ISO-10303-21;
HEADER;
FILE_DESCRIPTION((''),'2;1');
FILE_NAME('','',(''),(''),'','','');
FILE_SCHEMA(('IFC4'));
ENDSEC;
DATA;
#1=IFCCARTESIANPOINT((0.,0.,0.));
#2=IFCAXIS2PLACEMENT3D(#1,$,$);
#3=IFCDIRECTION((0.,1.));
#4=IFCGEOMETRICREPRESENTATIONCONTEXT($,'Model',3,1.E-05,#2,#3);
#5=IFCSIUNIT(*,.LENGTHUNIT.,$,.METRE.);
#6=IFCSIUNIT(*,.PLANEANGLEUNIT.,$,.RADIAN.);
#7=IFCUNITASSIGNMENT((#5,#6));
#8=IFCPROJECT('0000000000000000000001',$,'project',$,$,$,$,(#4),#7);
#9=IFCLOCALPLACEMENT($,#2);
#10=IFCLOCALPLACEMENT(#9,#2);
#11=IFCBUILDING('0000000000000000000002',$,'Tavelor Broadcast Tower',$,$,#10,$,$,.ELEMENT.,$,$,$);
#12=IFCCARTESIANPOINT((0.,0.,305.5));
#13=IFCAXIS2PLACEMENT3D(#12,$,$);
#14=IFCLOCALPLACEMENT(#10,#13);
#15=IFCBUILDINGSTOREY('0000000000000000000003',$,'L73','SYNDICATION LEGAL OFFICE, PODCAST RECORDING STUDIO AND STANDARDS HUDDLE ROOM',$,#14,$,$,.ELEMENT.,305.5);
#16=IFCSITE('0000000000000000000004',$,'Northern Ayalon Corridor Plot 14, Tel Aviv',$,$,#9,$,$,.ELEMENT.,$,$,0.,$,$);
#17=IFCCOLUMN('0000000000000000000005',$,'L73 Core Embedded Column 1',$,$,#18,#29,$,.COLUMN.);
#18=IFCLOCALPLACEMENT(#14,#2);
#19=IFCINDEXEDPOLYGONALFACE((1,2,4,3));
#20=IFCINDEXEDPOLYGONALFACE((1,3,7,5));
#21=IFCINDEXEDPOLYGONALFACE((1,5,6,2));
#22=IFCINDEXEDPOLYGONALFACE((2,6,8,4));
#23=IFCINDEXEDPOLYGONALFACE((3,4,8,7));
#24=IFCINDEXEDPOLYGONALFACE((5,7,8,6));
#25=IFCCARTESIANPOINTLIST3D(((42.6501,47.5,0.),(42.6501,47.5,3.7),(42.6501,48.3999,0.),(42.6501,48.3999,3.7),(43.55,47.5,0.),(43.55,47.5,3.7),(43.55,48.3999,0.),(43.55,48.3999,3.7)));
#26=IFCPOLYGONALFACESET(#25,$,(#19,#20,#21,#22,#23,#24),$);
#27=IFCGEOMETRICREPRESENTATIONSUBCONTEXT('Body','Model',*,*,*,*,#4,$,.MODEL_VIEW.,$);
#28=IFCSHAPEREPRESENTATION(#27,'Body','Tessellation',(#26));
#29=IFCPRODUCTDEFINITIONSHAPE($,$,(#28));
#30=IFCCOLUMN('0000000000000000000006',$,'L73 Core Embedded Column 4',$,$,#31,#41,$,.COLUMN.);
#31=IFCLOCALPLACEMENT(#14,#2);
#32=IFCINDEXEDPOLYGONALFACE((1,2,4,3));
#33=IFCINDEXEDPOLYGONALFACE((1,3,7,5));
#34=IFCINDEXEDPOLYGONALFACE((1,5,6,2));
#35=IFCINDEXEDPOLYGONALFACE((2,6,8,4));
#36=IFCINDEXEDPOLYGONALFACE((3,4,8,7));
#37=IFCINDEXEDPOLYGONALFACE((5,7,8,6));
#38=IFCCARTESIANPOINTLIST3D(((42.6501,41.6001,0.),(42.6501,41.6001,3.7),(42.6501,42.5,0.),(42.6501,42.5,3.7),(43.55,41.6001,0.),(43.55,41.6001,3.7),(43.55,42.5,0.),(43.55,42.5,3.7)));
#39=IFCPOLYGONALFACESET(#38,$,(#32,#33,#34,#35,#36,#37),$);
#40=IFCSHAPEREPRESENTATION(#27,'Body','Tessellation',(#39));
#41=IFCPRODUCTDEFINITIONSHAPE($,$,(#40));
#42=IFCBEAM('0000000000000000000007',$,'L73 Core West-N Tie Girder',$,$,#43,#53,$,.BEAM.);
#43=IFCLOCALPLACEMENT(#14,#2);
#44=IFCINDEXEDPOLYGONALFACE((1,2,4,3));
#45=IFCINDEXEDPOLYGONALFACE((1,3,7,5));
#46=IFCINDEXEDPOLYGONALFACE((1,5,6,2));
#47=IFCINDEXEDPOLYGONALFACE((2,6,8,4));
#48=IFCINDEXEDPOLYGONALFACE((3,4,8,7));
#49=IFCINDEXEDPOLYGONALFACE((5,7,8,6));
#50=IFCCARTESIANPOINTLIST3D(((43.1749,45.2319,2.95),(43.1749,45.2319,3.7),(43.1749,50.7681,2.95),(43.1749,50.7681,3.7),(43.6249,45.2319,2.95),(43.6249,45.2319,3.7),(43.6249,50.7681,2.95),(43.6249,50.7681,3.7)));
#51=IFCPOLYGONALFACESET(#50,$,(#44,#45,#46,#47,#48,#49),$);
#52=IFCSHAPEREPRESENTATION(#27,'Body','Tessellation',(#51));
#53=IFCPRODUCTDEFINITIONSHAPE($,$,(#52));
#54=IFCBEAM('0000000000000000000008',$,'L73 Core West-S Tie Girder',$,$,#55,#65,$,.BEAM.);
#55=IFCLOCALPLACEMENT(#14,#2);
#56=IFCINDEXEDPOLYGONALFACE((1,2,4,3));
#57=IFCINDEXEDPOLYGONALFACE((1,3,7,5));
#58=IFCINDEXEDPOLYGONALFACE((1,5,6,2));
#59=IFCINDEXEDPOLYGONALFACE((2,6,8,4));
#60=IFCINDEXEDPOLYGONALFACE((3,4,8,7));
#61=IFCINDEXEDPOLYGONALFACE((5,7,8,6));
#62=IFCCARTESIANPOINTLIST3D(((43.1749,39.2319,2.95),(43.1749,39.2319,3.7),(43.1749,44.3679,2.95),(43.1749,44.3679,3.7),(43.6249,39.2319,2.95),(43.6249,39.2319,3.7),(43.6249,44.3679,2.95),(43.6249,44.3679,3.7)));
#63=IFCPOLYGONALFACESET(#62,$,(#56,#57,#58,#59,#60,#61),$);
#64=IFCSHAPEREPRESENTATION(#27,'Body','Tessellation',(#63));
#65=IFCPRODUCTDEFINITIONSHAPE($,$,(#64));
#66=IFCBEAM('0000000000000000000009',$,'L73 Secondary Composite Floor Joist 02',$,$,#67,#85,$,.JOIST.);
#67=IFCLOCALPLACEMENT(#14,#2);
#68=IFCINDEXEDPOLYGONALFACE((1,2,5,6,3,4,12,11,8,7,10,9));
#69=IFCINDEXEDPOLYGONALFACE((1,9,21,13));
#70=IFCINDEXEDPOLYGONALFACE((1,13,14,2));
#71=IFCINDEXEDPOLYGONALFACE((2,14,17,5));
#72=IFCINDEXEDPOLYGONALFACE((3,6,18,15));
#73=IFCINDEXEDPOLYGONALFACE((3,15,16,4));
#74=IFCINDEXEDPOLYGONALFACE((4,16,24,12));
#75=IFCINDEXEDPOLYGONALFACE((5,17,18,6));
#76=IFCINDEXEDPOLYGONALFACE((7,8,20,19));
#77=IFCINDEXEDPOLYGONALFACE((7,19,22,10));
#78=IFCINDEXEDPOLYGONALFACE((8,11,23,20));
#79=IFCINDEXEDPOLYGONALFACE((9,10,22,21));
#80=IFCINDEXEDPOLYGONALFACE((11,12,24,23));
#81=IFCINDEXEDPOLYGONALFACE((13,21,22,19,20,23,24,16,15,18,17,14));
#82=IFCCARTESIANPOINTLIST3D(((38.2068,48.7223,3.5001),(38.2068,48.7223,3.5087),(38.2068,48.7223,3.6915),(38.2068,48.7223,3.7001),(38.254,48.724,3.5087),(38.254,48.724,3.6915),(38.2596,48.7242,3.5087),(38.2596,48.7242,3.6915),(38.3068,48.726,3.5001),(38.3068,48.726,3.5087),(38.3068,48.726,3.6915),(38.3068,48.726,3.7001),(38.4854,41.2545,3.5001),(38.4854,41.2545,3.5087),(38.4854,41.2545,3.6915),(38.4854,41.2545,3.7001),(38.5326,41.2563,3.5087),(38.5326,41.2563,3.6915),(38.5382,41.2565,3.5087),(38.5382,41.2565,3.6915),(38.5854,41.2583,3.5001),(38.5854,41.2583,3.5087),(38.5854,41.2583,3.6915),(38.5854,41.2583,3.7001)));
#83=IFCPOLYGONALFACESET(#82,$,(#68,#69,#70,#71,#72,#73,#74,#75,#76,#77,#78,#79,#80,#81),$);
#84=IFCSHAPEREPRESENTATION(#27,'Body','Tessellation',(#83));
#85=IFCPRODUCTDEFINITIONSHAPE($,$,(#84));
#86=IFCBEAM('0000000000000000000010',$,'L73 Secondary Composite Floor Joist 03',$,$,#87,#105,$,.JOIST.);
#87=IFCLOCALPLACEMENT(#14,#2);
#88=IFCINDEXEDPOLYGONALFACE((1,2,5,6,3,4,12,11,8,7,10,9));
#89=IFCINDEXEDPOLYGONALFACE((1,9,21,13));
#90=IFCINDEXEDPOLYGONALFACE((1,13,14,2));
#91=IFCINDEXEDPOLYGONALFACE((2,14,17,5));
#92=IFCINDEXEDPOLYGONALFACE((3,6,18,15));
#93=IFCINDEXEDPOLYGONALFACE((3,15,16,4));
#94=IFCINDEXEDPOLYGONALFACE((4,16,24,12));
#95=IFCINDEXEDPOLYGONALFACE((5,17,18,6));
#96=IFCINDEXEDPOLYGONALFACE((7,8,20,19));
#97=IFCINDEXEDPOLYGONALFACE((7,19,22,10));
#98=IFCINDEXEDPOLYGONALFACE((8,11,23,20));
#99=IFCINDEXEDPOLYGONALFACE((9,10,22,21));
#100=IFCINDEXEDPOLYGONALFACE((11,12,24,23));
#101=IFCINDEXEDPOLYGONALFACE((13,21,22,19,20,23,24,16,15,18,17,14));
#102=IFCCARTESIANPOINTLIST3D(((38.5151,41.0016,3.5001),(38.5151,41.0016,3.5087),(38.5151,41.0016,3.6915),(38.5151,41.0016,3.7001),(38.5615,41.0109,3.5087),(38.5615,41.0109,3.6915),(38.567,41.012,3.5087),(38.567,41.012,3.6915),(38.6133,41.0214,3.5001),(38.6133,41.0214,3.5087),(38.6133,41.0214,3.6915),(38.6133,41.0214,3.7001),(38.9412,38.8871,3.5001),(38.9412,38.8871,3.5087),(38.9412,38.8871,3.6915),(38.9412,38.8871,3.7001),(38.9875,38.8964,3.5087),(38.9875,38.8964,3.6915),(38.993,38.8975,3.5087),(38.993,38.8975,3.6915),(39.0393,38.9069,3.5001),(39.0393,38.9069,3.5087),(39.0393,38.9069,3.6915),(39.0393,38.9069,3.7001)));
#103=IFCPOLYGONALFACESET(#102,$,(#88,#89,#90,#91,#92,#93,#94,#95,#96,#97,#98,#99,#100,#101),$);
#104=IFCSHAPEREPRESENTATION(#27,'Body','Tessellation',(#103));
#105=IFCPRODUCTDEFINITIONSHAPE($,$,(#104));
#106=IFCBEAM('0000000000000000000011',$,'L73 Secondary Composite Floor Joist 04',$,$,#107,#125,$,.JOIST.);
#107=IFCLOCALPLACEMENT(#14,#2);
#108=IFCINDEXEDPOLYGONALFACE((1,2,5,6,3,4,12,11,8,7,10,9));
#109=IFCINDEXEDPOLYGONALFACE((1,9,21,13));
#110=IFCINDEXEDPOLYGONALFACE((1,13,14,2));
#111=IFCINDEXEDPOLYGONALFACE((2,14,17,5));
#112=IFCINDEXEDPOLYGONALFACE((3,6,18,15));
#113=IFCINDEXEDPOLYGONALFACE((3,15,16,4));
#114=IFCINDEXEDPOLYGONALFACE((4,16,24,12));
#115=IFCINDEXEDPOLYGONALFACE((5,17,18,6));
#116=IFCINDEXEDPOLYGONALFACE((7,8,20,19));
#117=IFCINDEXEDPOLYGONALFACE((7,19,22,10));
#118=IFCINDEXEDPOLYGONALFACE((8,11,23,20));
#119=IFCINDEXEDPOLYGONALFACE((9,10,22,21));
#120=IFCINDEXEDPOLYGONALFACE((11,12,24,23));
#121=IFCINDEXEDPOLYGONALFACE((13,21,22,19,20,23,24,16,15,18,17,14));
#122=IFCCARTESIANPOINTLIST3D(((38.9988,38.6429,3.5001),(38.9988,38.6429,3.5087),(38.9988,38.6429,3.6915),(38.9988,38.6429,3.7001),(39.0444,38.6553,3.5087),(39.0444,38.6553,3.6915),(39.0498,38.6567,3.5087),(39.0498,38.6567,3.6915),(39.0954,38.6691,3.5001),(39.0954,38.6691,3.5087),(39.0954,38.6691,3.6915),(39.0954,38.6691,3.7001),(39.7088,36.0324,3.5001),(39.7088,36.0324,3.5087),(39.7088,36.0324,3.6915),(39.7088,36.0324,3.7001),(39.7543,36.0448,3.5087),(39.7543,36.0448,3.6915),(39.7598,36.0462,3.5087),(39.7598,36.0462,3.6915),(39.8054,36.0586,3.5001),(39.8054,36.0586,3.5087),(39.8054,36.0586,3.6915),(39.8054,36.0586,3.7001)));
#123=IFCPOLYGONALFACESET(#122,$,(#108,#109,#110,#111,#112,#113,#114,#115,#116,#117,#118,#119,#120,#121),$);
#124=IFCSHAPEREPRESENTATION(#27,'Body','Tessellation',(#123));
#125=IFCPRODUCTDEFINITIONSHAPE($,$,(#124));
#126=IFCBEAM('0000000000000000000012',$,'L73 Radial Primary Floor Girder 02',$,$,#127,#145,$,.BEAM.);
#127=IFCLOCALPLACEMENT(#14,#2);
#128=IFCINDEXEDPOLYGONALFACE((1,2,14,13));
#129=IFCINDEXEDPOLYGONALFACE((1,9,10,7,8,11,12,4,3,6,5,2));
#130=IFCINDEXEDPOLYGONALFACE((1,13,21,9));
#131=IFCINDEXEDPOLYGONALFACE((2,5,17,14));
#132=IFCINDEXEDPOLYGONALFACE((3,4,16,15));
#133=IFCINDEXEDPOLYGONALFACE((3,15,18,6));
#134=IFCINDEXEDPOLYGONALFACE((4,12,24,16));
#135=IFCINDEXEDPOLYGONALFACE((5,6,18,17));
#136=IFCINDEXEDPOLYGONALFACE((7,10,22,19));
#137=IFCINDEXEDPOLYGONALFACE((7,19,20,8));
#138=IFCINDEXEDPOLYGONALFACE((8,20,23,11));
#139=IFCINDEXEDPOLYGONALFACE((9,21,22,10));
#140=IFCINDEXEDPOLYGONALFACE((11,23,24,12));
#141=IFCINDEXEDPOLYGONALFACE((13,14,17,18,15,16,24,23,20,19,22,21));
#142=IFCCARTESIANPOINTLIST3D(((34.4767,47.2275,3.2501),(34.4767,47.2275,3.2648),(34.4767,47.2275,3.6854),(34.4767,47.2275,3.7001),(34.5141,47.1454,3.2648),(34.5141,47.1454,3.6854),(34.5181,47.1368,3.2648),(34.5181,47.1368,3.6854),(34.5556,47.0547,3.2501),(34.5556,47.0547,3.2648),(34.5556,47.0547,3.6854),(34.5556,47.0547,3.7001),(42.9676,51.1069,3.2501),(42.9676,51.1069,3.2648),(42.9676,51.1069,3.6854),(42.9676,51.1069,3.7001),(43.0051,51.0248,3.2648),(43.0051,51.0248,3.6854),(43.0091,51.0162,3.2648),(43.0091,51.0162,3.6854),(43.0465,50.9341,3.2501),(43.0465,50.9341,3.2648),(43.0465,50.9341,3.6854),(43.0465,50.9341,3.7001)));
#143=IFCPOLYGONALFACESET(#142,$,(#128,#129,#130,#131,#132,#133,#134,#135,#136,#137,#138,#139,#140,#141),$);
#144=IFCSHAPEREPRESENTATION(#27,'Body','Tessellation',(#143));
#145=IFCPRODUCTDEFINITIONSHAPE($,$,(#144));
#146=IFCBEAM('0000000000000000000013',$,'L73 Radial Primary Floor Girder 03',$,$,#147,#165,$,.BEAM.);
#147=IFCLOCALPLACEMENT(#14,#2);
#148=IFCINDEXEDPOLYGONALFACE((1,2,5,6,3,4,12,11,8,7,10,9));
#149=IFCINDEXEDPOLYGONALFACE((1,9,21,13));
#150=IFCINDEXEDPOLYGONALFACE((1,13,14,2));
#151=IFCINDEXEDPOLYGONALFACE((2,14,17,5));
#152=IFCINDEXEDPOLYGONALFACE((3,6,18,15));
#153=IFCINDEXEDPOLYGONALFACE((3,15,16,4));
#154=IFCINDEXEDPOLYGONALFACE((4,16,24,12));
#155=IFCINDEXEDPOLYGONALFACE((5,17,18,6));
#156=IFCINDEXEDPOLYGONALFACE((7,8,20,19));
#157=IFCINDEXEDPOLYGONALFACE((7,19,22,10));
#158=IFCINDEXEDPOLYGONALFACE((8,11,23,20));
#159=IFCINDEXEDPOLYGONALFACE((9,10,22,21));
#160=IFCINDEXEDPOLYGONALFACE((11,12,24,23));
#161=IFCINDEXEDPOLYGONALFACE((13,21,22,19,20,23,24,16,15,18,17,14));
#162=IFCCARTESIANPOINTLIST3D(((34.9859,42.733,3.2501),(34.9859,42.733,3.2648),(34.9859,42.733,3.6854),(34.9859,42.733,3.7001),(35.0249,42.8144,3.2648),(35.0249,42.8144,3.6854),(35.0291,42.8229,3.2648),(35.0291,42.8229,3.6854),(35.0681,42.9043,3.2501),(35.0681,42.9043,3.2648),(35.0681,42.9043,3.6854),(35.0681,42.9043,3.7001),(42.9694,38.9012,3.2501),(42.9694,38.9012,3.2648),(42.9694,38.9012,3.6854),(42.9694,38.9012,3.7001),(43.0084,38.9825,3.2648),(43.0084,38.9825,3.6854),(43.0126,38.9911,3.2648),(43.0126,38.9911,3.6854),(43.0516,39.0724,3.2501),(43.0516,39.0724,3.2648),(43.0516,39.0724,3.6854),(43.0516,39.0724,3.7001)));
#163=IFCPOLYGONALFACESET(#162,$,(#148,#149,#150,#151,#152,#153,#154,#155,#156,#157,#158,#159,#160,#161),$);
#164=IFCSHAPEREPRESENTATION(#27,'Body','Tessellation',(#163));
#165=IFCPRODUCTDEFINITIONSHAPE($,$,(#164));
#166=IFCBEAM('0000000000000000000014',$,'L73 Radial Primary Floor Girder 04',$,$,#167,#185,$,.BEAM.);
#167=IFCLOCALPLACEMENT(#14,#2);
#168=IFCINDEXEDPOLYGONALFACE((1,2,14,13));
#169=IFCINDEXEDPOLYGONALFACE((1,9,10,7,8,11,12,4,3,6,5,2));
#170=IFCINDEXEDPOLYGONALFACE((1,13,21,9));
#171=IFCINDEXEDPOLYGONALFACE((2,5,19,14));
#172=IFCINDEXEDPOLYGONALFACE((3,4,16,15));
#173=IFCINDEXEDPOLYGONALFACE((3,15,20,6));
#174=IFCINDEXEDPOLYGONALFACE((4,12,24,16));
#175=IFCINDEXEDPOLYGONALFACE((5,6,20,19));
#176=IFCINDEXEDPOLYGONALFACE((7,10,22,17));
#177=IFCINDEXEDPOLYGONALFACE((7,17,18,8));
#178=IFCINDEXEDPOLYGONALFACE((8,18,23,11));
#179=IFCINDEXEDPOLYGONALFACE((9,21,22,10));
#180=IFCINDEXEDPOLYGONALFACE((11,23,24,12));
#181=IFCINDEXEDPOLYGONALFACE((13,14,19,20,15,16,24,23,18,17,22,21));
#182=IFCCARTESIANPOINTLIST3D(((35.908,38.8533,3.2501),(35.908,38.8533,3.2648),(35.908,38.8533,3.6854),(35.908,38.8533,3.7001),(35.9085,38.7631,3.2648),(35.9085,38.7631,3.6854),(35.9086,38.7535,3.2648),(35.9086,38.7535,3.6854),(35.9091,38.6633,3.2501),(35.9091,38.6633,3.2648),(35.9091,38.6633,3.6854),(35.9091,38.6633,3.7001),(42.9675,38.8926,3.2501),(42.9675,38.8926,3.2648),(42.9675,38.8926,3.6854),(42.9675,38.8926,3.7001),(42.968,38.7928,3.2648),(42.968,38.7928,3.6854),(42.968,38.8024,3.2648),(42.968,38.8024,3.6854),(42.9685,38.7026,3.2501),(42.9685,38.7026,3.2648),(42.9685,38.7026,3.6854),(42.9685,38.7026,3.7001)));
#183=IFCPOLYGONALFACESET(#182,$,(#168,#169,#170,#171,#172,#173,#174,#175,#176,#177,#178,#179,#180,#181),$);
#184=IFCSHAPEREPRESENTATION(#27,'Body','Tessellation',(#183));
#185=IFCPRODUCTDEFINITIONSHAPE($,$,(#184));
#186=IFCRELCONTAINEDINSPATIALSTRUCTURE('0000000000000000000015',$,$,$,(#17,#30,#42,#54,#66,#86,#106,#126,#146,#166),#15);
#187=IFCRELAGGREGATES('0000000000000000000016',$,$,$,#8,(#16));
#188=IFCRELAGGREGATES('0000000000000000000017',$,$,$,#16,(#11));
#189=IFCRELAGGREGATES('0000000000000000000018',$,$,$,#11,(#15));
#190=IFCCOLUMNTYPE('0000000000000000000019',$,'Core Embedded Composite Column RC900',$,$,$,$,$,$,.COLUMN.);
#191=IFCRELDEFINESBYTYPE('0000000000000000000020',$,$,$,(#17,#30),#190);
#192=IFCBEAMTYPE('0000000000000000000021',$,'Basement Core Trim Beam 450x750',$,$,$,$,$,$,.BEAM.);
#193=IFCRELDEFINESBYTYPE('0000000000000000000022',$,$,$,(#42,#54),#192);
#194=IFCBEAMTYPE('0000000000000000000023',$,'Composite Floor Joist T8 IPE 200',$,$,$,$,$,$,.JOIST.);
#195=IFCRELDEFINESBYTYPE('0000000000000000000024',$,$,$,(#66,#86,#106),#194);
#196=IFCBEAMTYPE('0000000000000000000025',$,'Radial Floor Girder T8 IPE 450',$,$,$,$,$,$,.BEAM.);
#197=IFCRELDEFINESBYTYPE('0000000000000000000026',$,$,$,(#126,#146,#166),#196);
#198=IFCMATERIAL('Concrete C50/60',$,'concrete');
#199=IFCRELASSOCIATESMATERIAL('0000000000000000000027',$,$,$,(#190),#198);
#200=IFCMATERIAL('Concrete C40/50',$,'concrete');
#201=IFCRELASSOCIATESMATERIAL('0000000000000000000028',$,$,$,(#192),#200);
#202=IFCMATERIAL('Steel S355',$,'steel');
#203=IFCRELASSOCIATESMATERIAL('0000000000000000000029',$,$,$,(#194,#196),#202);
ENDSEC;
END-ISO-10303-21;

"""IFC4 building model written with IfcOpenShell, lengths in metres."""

from ifc_helpers import new_model, si_unit, direction, frame, origin, origin_2d, place, context, subcontext, project, spatial, rectangle, i_section, extrude, material, material_profile, profile_set, type_object, element, save


model = new_model("IFC4")

# Units and contexts
model_context = context("Model", 3, precision=1e-05, world=origin(), true_north=direction((0.0, 1.0)))
body_context = subcontext(model_context, "Body", "Model", "MODEL_VIEW")
ifc_project = project(units=[si_unit("LENGTHUNIT", "METRE"), si_unit("PLANEANGLEUNIT", "RADIAN")], contexts=[model_context])

# Site, building, storey
site_placement = place(None, origin())
site = spatial("IfcSite", under=ifc_project, at=site_placement, Name="Northern Ayalon Corridor Plot 14, Tel Aviv", CompositionType="ELEMENT", RefElevation=0.0)
building_placement = place(site_placement, origin())
building = spatial("IfcBuilding", under=site, at=building_placement, Name="Tavelor Broadcast Tower", CompositionType="ELEMENT")
storey_placement = place(building_placement, frame((0.0, 0.0, 305.5)))
storey = spatial("IfcBuildingStorey", under=building, at=storey_placement, Name="L73", Description="SYNDICATION LEGAL OFFICE, PODCAST RECORDING STUDIO AND STANDARDS HUDDLE ROOM", CompositionType="ELEMENT", Elevation=305.5)

# Columns
ifc_material_1 = material(Name="Concrete C50/60", Category="concrete")
ifc_material_profile_1 = material_profile(ifc_material_1, rectangle(XDim=0.8999, YDim=0.8999, at=origin_2d()), Name="RC 900x900")
ifc_profile_set_1 = profile_set([ifc_material_profile_1], Name="Concrete C50/60")
column_type = type_object("IfcColumnType", Name="Core Embedded Composite Column RC900", PredefinedType="COLUMN", material=ifc_profile_set_1)
for number, where, z_axis, x_axis, name in (
    (1, (43.1001, 47.95, 0.0), (0.0, 0.0, 1.0), (1.0, 0.0, 0.0), "L73 Core Embedded Column 1"),
    (2, (43.1001, 42.05, 0.0), (0.0, 0.0, 1.0), (1.0, 0.0, 0.0), "L73 Core Embedded Column 4"),
):
    element("IfcColumn", number, at=place(storey_placement, frame(where, z_axis=z_axis, x_axis=x_axis)), inside=storey, type_object=column_type, Name=name, PredefinedType="COLUMN", context=body_context, shape_type="SweptSolid", body=[
        extrude(rectangle(XDim=0.8999, YDim=0.8999, at=origin_2d()), origin(), (0.0, 0.0, 1.0), 3.7),
    ])

# Beams
ifc_material_2 = material(Name="Concrete C40/50", Category="concrete")
ifc_material_profile_2 = material_profile(ifc_material_2, rectangle(XDim=0.45, YDim=0.75, at=origin_2d()), Name="RC 450x750")
ifc_profile_set_2 = profile_set([ifc_material_profile_2], Name="Concrete C40/50")
beam_type_1 = type_object("IfcBeamType", Name="Basement Core Trim Beam 450x750", PredefinedType="BEAM", material=ifc_profile_set_2)
beam_1_placement = place(storey_placement, frame((43.3999, 45.2319, 3.325), z_axis=(0.0, 1.0, 0.0), x_axis=(-1.0, 0.0, 0.0)))
element("IfcBeam", 3, at=beam_1_placement, inside=storey, type_object=beam_type_1, Name="L73 Core West-N Tie Girder", PredefinedType="BEAM", context=body_context, shape_type="SweptSolid", body=[
    extrude(rectangle(XDim=0.45, YDim=0.75, at=origin_2d()), origin(), (0.0, 0.0, 1.0), 5.5361),
])
beam_2_placement = place(storey_placement, frame((43.3999, 39.2319, 3.325), z_axis=(0.0, 1.0, 0.0), x_axis=(-1.0, 0.0, 0.0)))
element("IfcBeam", 4, at=beam_2_placement, inside=storey, type_object=beam_type_1, Name="L73 Core West-S Tie Girder", PredefinedType="BEAM", context=body_context, shape_type="SweptSolid", body=[
    extrude(rectangle(XDim=0.45, YDim=0.75, at=origin_2d()), origin(), (0.0, 0.0, 1.0), 5.136),
])
ifc_material_3 = material(Name="Steel S355", Category="steel")
ifc_material_profile_3 = material_profile(ifc_material_3, i_section(OverallWidth=0.1001, OverallDepth=0.2, WebThickness=0.0056, FlangeThickness=0.0085, at=origin_2d()), Name="IPE 200")
ifc_profile_set_3 = profile_set([ifc_material_profile_3], Name="Steel S355")
beam_type_2 = type_object("IfcBeamType", Name="Composite Floor Joist T8 IPE 200", PredefinedType="JOIST", material=ifc_profile_set_3)
beam_3_placement = place(storey_placement, frame((38.2568, 48.7241, 3.6001), z_axis=(0.037276, -0.999305, 0.0), x_axis=(0.999305, 0.037276, 0.0)))
element("IfcBeam", 5, at=beam_3_placement, inside=storey, type_object=beam_type_2, Name="L73 Secondary Composite Floor Joist 02", PredefinedType="JOIST", context=body_context, shape_type="SweptSolid", body=[
    extrude(i_section(OverallWidth=0.1001, OverallDepth=0.2, WebThickness=0.0056, FlangeThickness=0.0085, at=origin_2d()), origin(), (0.0, 0.0, 1.0), 7.4729),
])
beam_4_placement = place(storey_placement, frame((38.5642, 41.0115, 3.6001), z_axis=(0.197509, -0.980301, 0.0), x_axis=(0.980301, 0.197509, 0.0)))
element("IfcBeam", 6, at=beam_4_placement, inside=storey, type_object=beam_type_2, Name="L73 Secondary Composite Floor Joist 03", PredefinedType="JOIST", context=body_context, shape_type="SweptSolid", body=[
    extrude(i_section(OverallWidth=0.1001, OverallDepth=0.2, WebThickness=0.0056, FlangeThickness=0.0085, at=origin_2d()), origin(), (0.0, 0.0, 1.0), 2.157),
])
beam_5_placement = place(storey_placement, frame((39.0471, 38.656, 3.6001), z_axis=(0.262422, -0.964953, 0.0), x_axis=(0.964953, 0.262422, 0.0)))
element("IfcBeam", 7, at=beam_5_placement, inside=storey, type_object=beam_type_2, Name="L73 Secondary Composite Floor Joist 04", PredefinedType="JOIST", context=body_context, shape_type="SweptSolid", body=[
    extrude(i_section(OverallWidth=0.1001, OverallDepth=0.2, WebThickness=0.0056, FlangeThickness=0.0085, at=origin_2d()), origin(), (0.0, 0.0, 1.0), 2.7053),
])
ifc_material_profile_4 = material_profile(ifc_material_3, i_section(OverallWidth=0.1899, OverallDepth=0.45, WebThickness=0.0095, FlangeThickness=0.0146, at=origin_2d()), Name="IPE 450")
ifc_profile_set_4 = profile_set([ifc_material_profile_4], Name="Steel S355")
beam_type_3 = type_object("IfcBeamType", Name="Radial Floor Girder T8 IPE 450", PredefinedType="BEAM", material=ifc_profile_set_4)
beam_6_placement = place(storey_placement, frame((43.0071, 51.0205, 3.4751), z_axis=(-0.909563, -0.415566, 0.0), x_axis=(0.415566, -0.909563, 0.0)))
element("IfcBeam", 8, at=beam_6_placement, inside=storey, type_object=beam_type_3, Name="L73 Radial Primary Floor Girder 02", PredefinedType="BEAM", context=body_context, shape_type="SweptSolid", body=[
    extrude(i_section(OverallWidth=0.1899, OverallDepth=0.45, WebThickness=0.0095, FlangeThickness=0.0146, at=origin_2d()), origin(), (0.0, 0.0, 1.0), 9.3352),
])
beam_7_placement = place(storey_placement, frame((43.0105, 38.9868, 3.4751), z_axis=(-0.901534, 0.432709, 0.0), x_axis=(-0.432709, -0.901534, 0.0)))
element("IfcBeam", 9, at=beam_7_placement, inside=storey, type_object=beam_type_3, Name="L73 Radial Primary Floor Girder 03", PredefinedType="BEAM", context=body_context, shape_type="SweptSolid", body=[
    extrude(i_section(OverallWidth=0.1899, OverallDepth=0.45, WebThickness=0.0095, FlangeThickness=0.0146, at=origin_2d()), origin(), (0.0, 0.0, 1.0), 8.8555),
])
beam_8_placement = place(storey_placement, frame((42.968, 38.7976, 3.4751), z_axis=(-0.999984, -0.005568, 0.0), x_axis=(0.005568, -0.999984, 0.0)))
element("IfcBeam", 10, at=beam_8_placement, inside=storey, type_object=beam_type_3, Name="L73 Radial Primary Floor Girder 04", PredefinedType="BEAM", context=body_context, shape_type="SweptSolid", body=[
    extrude(i_section(OverallWidth=0.1899, OverallDepth=0.45, WebThickness=0.0095, FlangeThickness=0.0146, at=origin_2d()), origin(), (0.0, 0.0, 1.0), 7.0596),
])

save(model, "model.ifc")
